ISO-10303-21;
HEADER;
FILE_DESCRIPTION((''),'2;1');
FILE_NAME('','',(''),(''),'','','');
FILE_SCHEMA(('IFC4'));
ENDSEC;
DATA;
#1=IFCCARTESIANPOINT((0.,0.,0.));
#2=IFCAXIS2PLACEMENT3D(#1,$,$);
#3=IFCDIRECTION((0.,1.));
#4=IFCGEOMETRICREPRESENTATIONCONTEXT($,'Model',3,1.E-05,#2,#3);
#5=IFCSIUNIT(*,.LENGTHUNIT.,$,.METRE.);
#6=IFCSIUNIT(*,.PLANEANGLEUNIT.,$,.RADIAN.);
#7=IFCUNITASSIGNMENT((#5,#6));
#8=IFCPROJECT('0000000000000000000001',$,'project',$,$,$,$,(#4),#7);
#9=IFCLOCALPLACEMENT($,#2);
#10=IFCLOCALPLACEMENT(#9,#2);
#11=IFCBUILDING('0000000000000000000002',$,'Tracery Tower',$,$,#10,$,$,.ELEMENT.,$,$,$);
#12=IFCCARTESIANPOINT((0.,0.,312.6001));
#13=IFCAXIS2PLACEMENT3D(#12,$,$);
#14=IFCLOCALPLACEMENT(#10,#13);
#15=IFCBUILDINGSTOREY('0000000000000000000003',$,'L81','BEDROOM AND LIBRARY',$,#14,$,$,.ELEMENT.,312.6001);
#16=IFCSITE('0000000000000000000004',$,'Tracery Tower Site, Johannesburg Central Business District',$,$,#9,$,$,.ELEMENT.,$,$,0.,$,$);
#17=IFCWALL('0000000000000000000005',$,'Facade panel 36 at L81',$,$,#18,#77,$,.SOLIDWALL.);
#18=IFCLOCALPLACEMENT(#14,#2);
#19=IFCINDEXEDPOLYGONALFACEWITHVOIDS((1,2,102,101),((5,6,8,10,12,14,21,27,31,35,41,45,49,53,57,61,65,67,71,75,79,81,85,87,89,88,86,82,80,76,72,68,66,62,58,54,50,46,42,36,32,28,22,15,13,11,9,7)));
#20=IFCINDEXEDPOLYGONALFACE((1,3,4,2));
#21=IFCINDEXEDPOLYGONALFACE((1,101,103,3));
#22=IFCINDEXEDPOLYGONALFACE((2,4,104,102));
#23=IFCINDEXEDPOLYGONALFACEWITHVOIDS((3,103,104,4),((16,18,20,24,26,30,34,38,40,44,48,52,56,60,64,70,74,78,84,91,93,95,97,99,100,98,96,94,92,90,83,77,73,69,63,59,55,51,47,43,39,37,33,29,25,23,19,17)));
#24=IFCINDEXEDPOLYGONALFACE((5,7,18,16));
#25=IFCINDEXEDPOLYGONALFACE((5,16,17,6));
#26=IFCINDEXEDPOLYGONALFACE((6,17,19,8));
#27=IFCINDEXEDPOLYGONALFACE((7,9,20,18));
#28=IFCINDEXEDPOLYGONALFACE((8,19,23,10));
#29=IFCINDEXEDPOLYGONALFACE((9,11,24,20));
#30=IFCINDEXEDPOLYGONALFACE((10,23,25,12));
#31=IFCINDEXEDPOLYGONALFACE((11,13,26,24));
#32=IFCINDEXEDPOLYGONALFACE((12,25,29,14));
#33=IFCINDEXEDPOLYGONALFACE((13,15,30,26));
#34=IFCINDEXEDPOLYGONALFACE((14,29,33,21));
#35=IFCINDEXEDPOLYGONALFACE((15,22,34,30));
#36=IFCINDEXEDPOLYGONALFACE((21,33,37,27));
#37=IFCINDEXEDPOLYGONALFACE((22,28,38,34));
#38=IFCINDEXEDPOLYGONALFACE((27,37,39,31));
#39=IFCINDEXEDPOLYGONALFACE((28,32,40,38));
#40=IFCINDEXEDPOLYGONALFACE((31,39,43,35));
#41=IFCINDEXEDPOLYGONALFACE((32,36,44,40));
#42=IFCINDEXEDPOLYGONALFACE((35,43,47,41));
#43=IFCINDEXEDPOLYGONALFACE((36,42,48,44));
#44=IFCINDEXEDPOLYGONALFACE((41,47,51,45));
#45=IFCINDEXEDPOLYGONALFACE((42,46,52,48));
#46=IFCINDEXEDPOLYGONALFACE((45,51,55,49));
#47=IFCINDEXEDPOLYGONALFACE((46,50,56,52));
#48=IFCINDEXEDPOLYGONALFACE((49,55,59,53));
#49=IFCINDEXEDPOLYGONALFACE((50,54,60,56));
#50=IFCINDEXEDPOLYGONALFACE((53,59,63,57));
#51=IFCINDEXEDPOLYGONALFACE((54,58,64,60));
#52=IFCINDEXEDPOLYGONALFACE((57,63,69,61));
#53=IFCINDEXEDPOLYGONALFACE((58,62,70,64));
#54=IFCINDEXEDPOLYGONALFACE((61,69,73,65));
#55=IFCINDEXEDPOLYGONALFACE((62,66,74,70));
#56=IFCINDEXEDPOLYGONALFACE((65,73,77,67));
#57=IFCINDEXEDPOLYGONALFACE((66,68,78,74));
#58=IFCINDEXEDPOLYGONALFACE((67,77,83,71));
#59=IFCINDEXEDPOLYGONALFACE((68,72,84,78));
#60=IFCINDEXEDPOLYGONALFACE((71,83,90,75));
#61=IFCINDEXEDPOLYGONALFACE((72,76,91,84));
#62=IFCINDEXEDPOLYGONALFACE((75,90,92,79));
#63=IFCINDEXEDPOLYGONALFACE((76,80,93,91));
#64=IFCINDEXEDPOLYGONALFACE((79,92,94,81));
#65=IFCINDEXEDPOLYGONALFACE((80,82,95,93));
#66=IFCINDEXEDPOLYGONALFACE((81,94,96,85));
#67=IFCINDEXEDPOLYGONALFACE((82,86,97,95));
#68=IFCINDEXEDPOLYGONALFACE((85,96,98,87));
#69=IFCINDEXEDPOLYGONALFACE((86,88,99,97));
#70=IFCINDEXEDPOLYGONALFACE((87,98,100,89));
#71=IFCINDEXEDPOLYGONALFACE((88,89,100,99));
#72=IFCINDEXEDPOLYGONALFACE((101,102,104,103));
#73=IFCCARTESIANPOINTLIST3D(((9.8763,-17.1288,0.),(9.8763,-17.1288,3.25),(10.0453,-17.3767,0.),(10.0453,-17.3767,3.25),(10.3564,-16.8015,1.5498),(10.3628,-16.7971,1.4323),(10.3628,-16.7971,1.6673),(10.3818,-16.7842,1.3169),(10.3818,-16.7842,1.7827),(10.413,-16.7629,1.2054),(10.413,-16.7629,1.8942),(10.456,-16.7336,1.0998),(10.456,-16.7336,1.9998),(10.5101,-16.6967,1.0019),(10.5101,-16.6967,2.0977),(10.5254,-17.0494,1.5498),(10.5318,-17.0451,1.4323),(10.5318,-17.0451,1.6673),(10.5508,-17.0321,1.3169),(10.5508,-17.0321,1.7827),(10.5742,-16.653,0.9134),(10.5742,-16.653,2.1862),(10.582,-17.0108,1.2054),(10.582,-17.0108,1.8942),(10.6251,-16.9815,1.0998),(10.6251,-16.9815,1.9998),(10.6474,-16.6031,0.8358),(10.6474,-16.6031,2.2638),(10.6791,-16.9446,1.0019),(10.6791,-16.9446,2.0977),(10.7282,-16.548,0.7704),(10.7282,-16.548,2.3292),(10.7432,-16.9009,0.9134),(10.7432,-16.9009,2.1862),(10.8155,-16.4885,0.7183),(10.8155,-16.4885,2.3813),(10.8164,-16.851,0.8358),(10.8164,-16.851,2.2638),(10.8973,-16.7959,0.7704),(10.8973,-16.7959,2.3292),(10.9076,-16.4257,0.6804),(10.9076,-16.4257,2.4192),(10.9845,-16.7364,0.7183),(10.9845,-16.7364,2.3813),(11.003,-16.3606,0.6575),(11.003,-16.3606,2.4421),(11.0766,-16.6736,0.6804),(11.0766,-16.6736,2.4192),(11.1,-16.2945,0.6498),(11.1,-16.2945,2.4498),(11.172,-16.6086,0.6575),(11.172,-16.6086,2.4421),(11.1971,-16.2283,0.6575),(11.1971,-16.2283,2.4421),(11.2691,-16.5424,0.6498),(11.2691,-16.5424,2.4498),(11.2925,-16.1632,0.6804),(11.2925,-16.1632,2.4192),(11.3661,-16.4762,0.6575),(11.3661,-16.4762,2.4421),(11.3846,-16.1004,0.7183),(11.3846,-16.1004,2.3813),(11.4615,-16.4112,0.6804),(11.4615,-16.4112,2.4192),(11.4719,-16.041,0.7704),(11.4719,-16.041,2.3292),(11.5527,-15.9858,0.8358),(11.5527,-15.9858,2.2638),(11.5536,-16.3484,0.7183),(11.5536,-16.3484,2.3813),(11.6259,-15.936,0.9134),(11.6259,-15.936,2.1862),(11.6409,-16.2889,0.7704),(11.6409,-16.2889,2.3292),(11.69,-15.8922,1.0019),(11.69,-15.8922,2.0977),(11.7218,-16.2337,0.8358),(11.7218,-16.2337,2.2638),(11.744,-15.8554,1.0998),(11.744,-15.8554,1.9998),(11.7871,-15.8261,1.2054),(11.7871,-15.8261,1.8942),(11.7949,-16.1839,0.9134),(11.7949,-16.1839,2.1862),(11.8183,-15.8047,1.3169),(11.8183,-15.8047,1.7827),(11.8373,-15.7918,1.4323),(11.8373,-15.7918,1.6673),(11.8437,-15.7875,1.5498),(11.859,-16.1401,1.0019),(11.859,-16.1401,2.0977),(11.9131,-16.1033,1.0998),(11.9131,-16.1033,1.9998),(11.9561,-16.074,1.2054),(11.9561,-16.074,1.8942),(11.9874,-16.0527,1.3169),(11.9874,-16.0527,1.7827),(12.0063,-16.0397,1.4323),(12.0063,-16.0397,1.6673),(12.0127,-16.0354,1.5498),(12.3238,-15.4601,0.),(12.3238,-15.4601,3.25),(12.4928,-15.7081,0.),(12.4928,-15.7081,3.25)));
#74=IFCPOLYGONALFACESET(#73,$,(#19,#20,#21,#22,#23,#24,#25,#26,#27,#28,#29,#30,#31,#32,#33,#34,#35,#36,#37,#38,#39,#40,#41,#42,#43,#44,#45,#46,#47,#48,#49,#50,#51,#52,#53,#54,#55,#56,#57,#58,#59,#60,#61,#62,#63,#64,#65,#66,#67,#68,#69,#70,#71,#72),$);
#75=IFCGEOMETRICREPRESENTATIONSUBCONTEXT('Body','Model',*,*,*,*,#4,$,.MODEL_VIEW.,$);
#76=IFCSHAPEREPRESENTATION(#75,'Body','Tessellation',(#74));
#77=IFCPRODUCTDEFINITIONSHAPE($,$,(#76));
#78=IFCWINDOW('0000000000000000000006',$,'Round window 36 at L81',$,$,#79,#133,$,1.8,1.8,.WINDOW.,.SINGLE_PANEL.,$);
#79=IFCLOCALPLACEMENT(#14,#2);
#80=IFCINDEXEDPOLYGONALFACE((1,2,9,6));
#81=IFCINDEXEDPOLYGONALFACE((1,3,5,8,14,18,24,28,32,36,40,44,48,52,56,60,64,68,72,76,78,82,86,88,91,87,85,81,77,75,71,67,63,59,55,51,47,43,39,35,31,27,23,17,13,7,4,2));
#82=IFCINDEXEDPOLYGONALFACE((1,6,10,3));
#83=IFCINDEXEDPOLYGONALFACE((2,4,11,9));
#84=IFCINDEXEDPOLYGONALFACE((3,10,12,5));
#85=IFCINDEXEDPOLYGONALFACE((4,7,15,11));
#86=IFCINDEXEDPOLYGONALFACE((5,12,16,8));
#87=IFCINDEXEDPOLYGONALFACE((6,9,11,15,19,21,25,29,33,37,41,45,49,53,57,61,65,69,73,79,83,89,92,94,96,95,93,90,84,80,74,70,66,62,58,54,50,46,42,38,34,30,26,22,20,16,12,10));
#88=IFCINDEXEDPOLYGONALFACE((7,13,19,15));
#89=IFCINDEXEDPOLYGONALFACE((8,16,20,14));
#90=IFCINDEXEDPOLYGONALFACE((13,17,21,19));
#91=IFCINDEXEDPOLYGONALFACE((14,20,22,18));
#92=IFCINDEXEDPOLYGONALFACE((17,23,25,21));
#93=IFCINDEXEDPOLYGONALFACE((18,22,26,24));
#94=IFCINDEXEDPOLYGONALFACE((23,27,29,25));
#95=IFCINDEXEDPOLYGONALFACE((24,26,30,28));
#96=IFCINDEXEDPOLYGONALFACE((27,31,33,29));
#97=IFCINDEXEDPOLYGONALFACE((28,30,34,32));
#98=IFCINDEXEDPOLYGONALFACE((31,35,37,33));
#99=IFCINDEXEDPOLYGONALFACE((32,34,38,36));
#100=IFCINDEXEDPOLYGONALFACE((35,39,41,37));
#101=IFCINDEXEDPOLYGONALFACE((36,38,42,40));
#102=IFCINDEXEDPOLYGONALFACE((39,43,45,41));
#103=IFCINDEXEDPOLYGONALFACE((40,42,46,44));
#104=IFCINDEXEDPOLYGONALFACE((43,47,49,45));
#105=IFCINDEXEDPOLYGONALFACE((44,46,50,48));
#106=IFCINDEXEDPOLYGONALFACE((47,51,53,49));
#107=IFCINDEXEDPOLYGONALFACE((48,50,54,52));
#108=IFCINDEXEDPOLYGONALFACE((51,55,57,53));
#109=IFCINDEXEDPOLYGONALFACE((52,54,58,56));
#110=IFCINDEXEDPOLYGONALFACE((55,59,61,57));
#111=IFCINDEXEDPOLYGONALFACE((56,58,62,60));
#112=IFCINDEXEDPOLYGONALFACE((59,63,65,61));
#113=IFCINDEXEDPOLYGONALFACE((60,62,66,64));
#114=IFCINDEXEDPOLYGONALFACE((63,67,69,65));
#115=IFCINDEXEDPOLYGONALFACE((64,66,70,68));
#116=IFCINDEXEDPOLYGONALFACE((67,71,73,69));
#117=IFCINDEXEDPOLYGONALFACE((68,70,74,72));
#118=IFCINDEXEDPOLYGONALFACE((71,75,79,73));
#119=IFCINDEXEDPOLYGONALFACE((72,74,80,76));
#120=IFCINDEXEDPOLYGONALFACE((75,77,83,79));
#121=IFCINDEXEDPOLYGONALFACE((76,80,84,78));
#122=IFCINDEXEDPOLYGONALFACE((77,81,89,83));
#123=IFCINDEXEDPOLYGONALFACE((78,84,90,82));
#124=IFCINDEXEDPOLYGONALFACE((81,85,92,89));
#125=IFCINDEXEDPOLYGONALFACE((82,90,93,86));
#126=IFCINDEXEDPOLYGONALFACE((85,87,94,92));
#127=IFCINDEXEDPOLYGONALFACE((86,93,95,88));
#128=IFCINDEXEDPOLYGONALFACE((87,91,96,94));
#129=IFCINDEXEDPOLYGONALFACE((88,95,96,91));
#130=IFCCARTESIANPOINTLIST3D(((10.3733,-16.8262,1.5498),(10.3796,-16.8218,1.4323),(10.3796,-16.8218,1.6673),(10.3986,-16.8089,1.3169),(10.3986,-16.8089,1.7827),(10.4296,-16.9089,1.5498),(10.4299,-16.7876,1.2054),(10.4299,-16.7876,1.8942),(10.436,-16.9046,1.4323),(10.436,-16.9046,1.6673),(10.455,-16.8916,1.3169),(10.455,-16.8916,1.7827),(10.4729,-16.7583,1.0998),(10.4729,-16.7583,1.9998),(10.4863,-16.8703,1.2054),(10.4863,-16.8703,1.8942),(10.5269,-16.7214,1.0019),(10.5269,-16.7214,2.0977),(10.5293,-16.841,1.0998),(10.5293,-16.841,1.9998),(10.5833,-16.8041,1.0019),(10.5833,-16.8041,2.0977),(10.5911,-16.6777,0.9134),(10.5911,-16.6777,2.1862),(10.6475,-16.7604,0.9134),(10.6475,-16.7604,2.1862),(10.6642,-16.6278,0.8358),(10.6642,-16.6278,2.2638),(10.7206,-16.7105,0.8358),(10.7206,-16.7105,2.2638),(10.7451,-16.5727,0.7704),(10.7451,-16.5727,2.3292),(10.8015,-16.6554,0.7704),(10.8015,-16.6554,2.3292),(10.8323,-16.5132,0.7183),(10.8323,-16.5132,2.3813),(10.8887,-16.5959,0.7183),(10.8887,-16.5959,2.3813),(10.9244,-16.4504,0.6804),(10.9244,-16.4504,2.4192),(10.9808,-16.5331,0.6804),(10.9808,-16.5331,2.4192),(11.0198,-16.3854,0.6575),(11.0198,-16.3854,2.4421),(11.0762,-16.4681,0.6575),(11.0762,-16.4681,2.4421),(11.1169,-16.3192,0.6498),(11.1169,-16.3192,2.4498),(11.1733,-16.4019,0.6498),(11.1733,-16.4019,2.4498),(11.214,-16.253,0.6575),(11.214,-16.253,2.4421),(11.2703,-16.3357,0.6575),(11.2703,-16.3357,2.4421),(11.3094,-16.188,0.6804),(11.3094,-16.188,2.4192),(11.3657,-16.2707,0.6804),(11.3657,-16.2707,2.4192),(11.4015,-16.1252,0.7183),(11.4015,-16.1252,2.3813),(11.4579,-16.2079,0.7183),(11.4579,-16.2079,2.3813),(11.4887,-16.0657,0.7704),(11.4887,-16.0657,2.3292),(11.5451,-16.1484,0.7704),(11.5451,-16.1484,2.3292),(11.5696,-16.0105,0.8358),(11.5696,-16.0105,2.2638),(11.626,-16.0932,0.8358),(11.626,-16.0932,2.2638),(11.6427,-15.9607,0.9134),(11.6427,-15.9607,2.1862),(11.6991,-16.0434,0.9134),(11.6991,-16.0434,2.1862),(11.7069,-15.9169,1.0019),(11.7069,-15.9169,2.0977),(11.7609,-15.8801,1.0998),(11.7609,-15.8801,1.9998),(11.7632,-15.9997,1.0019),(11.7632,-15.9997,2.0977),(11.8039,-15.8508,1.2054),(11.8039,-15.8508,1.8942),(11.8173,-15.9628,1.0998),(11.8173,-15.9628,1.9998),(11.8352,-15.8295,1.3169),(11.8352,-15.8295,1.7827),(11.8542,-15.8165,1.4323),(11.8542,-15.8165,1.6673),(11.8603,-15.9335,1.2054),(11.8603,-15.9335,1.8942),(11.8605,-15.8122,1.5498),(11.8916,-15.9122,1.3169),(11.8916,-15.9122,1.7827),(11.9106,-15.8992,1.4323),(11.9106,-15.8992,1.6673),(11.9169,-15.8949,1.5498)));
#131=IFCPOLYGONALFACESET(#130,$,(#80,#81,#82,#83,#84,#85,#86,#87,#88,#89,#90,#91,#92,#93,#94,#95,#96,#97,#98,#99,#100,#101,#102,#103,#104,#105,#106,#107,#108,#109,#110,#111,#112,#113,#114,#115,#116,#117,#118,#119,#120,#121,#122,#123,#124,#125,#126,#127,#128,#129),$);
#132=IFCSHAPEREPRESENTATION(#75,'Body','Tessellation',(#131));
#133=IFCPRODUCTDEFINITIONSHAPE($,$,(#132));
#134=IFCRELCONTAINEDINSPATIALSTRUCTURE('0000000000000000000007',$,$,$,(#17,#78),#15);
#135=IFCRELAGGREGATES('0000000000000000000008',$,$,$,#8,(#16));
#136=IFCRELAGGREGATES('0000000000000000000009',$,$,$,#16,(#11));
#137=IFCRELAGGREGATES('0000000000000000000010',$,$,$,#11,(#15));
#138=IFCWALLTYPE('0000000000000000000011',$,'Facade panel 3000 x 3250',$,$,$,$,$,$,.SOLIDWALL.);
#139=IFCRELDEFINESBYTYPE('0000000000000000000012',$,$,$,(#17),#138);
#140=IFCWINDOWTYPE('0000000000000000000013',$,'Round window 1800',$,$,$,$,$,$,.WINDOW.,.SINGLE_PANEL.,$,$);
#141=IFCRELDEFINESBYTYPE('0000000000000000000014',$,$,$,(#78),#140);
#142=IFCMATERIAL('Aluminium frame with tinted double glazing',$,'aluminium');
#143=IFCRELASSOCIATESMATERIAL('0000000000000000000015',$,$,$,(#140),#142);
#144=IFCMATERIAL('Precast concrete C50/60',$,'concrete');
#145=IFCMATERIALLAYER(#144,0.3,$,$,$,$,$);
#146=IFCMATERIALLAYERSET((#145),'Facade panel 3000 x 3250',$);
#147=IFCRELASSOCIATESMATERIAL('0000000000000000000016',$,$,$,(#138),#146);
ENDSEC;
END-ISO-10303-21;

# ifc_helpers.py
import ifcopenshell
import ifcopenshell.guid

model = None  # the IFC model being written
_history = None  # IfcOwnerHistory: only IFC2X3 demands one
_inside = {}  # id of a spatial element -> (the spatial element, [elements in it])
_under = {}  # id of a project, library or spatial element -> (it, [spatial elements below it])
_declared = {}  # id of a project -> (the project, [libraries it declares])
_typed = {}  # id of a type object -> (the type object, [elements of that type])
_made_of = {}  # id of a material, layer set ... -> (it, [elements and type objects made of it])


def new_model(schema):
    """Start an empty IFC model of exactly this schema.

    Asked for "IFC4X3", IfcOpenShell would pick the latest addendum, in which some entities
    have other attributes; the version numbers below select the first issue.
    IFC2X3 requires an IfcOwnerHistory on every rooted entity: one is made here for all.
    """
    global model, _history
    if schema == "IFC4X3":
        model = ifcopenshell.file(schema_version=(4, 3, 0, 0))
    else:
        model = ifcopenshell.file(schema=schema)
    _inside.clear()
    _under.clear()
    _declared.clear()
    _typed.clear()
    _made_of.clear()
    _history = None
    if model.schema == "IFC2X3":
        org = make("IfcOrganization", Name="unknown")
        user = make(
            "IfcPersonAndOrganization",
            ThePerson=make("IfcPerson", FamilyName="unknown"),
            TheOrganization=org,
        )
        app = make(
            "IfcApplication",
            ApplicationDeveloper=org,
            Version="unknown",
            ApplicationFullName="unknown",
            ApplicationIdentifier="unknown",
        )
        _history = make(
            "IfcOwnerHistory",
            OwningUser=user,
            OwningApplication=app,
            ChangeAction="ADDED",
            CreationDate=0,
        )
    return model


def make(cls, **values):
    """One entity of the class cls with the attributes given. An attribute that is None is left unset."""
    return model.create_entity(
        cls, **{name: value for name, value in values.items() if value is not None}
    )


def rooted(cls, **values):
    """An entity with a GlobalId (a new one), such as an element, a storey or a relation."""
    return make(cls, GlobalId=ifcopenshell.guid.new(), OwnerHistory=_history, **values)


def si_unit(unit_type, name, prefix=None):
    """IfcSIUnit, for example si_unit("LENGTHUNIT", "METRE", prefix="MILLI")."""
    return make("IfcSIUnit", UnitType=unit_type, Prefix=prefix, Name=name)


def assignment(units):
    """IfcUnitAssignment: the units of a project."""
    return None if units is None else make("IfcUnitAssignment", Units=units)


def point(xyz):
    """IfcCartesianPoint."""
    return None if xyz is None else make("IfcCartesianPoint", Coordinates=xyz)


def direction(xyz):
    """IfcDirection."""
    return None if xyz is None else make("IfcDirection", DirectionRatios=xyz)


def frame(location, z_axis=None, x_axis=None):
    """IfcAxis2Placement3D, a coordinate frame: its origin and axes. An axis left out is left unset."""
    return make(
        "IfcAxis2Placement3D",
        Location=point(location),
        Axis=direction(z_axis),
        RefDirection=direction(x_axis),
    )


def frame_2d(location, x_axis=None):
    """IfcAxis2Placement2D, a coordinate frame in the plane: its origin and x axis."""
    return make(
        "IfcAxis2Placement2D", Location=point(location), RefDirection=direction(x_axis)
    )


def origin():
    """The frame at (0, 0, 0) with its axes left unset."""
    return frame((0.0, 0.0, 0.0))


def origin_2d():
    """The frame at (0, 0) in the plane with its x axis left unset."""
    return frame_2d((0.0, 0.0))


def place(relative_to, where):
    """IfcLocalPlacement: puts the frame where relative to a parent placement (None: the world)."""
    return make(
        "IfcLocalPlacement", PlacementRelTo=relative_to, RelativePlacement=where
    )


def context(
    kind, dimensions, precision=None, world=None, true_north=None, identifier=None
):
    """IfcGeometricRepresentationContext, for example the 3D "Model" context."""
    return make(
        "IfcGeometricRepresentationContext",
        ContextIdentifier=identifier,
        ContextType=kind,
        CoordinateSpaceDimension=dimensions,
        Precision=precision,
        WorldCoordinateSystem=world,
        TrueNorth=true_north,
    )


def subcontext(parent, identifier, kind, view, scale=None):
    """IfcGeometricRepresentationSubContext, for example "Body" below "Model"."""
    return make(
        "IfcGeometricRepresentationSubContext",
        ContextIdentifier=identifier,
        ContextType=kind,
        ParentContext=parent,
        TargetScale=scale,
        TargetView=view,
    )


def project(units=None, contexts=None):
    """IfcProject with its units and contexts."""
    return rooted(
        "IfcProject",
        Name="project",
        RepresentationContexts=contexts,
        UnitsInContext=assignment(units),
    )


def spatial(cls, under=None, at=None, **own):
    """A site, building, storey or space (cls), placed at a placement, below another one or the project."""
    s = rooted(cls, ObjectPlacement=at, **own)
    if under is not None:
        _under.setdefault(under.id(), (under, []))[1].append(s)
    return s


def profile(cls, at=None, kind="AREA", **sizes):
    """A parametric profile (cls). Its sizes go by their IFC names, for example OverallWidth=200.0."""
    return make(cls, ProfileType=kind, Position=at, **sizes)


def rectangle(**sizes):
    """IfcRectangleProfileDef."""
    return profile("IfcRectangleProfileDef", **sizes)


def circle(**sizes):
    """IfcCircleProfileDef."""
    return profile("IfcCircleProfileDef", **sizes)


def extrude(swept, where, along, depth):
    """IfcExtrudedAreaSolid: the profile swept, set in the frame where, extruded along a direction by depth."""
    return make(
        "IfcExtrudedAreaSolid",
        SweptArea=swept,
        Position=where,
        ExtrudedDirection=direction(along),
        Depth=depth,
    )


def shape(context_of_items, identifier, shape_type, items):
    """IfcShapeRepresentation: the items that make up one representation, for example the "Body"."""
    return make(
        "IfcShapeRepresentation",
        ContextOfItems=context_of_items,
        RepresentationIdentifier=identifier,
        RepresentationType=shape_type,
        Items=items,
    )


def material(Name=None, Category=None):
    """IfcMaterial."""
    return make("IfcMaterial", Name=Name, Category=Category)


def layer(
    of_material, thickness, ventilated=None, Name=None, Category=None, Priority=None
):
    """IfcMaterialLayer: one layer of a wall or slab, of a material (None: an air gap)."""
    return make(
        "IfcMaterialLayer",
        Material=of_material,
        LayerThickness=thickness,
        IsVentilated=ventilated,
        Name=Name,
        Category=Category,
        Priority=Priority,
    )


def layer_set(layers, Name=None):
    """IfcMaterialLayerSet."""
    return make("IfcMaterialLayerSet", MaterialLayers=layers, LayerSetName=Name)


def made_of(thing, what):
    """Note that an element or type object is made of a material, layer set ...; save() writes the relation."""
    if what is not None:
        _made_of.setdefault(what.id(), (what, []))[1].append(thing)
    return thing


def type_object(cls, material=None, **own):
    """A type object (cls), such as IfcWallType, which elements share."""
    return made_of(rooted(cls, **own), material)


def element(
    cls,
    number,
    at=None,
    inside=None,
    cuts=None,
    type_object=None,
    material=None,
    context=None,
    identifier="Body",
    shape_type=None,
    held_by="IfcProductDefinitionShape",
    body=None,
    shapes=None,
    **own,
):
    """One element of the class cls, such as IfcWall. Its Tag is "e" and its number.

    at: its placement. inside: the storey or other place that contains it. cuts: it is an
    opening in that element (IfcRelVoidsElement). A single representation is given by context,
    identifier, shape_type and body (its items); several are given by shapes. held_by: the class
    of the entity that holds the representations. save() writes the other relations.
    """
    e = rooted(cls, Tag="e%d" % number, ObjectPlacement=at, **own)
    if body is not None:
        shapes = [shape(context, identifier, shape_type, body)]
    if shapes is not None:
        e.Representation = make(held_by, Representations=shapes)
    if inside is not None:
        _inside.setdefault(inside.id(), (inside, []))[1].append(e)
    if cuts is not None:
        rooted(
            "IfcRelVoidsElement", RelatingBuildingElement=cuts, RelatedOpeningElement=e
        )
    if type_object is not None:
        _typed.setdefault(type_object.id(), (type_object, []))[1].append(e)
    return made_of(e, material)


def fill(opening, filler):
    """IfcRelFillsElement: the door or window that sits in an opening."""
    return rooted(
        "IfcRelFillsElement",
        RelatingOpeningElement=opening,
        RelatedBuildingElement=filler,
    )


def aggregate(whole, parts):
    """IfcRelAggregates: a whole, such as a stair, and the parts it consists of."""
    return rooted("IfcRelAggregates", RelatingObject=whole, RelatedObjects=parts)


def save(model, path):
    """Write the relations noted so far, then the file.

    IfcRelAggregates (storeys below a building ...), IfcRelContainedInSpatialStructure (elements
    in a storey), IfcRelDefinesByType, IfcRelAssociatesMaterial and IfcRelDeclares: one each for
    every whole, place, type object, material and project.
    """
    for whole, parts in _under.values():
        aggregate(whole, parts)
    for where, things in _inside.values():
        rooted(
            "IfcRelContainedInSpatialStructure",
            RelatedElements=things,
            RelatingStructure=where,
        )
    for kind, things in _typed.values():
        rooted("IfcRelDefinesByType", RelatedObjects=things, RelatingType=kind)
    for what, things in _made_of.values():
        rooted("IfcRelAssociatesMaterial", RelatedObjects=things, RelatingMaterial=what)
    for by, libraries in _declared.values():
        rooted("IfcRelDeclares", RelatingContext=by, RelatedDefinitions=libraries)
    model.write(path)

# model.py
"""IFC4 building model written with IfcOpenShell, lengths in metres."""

from ifc_helpers import new_model, si_unit, direction, frame, frame_2d, origin, origin_2d, place, context, subcontext, project, spatial, rectangle, circle, extrude, material, layer, layer_set, type_object, element, fill, save


model = new_model("IFC4")

# Units and contexts
model_context = context("Model", 3, precision=1e-05, world=origin(), true_north=direction((0.0, 1.0)))
body_context = subcontext(model_context, "Body", "Model", "MODEL_VIEW")
ifc_project = project(units=[si_unit("LENGTHUNIT", "METRE"), si_unit("PLANEANGLEUNIT", "RADIAN")], contexts=[model_context])

# Site, building, storey
site_placement = place(None, origin())
site = spatial("IfcSite", under=ifc_project, at=site_placement, Name="Tracery Tower Site, Johannesburg Central Business District", CompositionType="ELEMENT", RefElevation=0.0)
building_placement = place(site_placement, origin())
building = spatial("IfcBuilding", under=site, at=building_placement, Name="Tracery Tower", CompositionType="ELEMENT")
storey_placement = place(building_placement, frame((0.0, 0.0, 312.6001)))
storey = spatial("IfcBuildingStorey", under=building, at=storey_placement, Name="L81", Description="BEDROOM AND LIBRARY", CompositionType="ELEMENT", Elevation=312.6001)

# Wall, opening, window
ifc_material_1 = material(Name="Aluminium frame with tinted double glazing", Category="aluminium")
window_type = type_object("IfcWindowType", Name="Round window 1800", PartitioningType="SINGLE_PANEL", PredefinedType="WINDOW", material=ifc_material_1)
ifc_material_2 = material(Name="Precast concrete C50/60", Category="concrete")
ifc_layer_1 = layer(ifc_material_2, 0.3)
ifc_layer_set_1 = layer_set([ifc_layer_1], Name="Facade panel 3000 x 3250")
wall_type_1 = type_object("IfcWallType", Name="Facade panel 3000 x 3250", PredefinedType="SOLIDWALL", material=ifc_layer_set_1)
wall_1_placement = place(storey_placement, frame((9.9609, -17.2527, 0.0), z_axis=(0.0, 0.0, 1.0), x_axis=(0.826236, 0.563324, 0.0)))
wall_1 = element("IfcWall", 1, at=wall_1_placement, inside=storey, type_object=wall_type_1, Name="Facade panel 36 at L81", PredefinedType="SOLIDWALL", context=body_context, shape_type="SweptSolid", body=[
    extrude(rectangle(XDim=2.9622, YDim=0.3, at=frame_2d((1.481, 0.0))), origin(), (0.0, 0.0, 1.0), 3.25),
])
opening_1_placement = place(wall_1_placement, frame((1.481, 0.0, 1.5498)))
opening_1 = element("IfcOpeningElement", 2, at=opening_1_placement, cuts=wall_1, PredefinedType="OPENING", context=body_context, shape_type="SweptSolid", body=[
    extrude(circle(Radius=0.9, at=origin_2d()), frame((0.0, 0.1599, 0.0), z_axis=(0.0, -1.0, 0.0), x_axis=(1.0, 0.0, 0.0)), (0.0, 0.0, 1.0), 0.3201),
])
window_1_placement = place(opening_1_placement, origin())
window_1 = element("IfcWindow", 3, at=window_1_placement, inside=storey, type_object=window_type, Name="Round window 36 at L81", OverallHeight=1.8, OverallWidth=1.8, PartitioningType="SINGLE_PANEL", PredefinedType="WINDOW", context=body_context, shape_type="SweptSolid", body=[
    extrude(circle(Radius=0.9, at=origin_2d()), frame((0.0, 0.1201, 0.0), z_axis=(0.0, -1.0, 0.0), x_axis=(1.0, 0.0, 0.0)), (0.0, 0.0, 1.0), 0.1001),
])
fill(opening_1, window_1)

save(model, "model.ifc")
